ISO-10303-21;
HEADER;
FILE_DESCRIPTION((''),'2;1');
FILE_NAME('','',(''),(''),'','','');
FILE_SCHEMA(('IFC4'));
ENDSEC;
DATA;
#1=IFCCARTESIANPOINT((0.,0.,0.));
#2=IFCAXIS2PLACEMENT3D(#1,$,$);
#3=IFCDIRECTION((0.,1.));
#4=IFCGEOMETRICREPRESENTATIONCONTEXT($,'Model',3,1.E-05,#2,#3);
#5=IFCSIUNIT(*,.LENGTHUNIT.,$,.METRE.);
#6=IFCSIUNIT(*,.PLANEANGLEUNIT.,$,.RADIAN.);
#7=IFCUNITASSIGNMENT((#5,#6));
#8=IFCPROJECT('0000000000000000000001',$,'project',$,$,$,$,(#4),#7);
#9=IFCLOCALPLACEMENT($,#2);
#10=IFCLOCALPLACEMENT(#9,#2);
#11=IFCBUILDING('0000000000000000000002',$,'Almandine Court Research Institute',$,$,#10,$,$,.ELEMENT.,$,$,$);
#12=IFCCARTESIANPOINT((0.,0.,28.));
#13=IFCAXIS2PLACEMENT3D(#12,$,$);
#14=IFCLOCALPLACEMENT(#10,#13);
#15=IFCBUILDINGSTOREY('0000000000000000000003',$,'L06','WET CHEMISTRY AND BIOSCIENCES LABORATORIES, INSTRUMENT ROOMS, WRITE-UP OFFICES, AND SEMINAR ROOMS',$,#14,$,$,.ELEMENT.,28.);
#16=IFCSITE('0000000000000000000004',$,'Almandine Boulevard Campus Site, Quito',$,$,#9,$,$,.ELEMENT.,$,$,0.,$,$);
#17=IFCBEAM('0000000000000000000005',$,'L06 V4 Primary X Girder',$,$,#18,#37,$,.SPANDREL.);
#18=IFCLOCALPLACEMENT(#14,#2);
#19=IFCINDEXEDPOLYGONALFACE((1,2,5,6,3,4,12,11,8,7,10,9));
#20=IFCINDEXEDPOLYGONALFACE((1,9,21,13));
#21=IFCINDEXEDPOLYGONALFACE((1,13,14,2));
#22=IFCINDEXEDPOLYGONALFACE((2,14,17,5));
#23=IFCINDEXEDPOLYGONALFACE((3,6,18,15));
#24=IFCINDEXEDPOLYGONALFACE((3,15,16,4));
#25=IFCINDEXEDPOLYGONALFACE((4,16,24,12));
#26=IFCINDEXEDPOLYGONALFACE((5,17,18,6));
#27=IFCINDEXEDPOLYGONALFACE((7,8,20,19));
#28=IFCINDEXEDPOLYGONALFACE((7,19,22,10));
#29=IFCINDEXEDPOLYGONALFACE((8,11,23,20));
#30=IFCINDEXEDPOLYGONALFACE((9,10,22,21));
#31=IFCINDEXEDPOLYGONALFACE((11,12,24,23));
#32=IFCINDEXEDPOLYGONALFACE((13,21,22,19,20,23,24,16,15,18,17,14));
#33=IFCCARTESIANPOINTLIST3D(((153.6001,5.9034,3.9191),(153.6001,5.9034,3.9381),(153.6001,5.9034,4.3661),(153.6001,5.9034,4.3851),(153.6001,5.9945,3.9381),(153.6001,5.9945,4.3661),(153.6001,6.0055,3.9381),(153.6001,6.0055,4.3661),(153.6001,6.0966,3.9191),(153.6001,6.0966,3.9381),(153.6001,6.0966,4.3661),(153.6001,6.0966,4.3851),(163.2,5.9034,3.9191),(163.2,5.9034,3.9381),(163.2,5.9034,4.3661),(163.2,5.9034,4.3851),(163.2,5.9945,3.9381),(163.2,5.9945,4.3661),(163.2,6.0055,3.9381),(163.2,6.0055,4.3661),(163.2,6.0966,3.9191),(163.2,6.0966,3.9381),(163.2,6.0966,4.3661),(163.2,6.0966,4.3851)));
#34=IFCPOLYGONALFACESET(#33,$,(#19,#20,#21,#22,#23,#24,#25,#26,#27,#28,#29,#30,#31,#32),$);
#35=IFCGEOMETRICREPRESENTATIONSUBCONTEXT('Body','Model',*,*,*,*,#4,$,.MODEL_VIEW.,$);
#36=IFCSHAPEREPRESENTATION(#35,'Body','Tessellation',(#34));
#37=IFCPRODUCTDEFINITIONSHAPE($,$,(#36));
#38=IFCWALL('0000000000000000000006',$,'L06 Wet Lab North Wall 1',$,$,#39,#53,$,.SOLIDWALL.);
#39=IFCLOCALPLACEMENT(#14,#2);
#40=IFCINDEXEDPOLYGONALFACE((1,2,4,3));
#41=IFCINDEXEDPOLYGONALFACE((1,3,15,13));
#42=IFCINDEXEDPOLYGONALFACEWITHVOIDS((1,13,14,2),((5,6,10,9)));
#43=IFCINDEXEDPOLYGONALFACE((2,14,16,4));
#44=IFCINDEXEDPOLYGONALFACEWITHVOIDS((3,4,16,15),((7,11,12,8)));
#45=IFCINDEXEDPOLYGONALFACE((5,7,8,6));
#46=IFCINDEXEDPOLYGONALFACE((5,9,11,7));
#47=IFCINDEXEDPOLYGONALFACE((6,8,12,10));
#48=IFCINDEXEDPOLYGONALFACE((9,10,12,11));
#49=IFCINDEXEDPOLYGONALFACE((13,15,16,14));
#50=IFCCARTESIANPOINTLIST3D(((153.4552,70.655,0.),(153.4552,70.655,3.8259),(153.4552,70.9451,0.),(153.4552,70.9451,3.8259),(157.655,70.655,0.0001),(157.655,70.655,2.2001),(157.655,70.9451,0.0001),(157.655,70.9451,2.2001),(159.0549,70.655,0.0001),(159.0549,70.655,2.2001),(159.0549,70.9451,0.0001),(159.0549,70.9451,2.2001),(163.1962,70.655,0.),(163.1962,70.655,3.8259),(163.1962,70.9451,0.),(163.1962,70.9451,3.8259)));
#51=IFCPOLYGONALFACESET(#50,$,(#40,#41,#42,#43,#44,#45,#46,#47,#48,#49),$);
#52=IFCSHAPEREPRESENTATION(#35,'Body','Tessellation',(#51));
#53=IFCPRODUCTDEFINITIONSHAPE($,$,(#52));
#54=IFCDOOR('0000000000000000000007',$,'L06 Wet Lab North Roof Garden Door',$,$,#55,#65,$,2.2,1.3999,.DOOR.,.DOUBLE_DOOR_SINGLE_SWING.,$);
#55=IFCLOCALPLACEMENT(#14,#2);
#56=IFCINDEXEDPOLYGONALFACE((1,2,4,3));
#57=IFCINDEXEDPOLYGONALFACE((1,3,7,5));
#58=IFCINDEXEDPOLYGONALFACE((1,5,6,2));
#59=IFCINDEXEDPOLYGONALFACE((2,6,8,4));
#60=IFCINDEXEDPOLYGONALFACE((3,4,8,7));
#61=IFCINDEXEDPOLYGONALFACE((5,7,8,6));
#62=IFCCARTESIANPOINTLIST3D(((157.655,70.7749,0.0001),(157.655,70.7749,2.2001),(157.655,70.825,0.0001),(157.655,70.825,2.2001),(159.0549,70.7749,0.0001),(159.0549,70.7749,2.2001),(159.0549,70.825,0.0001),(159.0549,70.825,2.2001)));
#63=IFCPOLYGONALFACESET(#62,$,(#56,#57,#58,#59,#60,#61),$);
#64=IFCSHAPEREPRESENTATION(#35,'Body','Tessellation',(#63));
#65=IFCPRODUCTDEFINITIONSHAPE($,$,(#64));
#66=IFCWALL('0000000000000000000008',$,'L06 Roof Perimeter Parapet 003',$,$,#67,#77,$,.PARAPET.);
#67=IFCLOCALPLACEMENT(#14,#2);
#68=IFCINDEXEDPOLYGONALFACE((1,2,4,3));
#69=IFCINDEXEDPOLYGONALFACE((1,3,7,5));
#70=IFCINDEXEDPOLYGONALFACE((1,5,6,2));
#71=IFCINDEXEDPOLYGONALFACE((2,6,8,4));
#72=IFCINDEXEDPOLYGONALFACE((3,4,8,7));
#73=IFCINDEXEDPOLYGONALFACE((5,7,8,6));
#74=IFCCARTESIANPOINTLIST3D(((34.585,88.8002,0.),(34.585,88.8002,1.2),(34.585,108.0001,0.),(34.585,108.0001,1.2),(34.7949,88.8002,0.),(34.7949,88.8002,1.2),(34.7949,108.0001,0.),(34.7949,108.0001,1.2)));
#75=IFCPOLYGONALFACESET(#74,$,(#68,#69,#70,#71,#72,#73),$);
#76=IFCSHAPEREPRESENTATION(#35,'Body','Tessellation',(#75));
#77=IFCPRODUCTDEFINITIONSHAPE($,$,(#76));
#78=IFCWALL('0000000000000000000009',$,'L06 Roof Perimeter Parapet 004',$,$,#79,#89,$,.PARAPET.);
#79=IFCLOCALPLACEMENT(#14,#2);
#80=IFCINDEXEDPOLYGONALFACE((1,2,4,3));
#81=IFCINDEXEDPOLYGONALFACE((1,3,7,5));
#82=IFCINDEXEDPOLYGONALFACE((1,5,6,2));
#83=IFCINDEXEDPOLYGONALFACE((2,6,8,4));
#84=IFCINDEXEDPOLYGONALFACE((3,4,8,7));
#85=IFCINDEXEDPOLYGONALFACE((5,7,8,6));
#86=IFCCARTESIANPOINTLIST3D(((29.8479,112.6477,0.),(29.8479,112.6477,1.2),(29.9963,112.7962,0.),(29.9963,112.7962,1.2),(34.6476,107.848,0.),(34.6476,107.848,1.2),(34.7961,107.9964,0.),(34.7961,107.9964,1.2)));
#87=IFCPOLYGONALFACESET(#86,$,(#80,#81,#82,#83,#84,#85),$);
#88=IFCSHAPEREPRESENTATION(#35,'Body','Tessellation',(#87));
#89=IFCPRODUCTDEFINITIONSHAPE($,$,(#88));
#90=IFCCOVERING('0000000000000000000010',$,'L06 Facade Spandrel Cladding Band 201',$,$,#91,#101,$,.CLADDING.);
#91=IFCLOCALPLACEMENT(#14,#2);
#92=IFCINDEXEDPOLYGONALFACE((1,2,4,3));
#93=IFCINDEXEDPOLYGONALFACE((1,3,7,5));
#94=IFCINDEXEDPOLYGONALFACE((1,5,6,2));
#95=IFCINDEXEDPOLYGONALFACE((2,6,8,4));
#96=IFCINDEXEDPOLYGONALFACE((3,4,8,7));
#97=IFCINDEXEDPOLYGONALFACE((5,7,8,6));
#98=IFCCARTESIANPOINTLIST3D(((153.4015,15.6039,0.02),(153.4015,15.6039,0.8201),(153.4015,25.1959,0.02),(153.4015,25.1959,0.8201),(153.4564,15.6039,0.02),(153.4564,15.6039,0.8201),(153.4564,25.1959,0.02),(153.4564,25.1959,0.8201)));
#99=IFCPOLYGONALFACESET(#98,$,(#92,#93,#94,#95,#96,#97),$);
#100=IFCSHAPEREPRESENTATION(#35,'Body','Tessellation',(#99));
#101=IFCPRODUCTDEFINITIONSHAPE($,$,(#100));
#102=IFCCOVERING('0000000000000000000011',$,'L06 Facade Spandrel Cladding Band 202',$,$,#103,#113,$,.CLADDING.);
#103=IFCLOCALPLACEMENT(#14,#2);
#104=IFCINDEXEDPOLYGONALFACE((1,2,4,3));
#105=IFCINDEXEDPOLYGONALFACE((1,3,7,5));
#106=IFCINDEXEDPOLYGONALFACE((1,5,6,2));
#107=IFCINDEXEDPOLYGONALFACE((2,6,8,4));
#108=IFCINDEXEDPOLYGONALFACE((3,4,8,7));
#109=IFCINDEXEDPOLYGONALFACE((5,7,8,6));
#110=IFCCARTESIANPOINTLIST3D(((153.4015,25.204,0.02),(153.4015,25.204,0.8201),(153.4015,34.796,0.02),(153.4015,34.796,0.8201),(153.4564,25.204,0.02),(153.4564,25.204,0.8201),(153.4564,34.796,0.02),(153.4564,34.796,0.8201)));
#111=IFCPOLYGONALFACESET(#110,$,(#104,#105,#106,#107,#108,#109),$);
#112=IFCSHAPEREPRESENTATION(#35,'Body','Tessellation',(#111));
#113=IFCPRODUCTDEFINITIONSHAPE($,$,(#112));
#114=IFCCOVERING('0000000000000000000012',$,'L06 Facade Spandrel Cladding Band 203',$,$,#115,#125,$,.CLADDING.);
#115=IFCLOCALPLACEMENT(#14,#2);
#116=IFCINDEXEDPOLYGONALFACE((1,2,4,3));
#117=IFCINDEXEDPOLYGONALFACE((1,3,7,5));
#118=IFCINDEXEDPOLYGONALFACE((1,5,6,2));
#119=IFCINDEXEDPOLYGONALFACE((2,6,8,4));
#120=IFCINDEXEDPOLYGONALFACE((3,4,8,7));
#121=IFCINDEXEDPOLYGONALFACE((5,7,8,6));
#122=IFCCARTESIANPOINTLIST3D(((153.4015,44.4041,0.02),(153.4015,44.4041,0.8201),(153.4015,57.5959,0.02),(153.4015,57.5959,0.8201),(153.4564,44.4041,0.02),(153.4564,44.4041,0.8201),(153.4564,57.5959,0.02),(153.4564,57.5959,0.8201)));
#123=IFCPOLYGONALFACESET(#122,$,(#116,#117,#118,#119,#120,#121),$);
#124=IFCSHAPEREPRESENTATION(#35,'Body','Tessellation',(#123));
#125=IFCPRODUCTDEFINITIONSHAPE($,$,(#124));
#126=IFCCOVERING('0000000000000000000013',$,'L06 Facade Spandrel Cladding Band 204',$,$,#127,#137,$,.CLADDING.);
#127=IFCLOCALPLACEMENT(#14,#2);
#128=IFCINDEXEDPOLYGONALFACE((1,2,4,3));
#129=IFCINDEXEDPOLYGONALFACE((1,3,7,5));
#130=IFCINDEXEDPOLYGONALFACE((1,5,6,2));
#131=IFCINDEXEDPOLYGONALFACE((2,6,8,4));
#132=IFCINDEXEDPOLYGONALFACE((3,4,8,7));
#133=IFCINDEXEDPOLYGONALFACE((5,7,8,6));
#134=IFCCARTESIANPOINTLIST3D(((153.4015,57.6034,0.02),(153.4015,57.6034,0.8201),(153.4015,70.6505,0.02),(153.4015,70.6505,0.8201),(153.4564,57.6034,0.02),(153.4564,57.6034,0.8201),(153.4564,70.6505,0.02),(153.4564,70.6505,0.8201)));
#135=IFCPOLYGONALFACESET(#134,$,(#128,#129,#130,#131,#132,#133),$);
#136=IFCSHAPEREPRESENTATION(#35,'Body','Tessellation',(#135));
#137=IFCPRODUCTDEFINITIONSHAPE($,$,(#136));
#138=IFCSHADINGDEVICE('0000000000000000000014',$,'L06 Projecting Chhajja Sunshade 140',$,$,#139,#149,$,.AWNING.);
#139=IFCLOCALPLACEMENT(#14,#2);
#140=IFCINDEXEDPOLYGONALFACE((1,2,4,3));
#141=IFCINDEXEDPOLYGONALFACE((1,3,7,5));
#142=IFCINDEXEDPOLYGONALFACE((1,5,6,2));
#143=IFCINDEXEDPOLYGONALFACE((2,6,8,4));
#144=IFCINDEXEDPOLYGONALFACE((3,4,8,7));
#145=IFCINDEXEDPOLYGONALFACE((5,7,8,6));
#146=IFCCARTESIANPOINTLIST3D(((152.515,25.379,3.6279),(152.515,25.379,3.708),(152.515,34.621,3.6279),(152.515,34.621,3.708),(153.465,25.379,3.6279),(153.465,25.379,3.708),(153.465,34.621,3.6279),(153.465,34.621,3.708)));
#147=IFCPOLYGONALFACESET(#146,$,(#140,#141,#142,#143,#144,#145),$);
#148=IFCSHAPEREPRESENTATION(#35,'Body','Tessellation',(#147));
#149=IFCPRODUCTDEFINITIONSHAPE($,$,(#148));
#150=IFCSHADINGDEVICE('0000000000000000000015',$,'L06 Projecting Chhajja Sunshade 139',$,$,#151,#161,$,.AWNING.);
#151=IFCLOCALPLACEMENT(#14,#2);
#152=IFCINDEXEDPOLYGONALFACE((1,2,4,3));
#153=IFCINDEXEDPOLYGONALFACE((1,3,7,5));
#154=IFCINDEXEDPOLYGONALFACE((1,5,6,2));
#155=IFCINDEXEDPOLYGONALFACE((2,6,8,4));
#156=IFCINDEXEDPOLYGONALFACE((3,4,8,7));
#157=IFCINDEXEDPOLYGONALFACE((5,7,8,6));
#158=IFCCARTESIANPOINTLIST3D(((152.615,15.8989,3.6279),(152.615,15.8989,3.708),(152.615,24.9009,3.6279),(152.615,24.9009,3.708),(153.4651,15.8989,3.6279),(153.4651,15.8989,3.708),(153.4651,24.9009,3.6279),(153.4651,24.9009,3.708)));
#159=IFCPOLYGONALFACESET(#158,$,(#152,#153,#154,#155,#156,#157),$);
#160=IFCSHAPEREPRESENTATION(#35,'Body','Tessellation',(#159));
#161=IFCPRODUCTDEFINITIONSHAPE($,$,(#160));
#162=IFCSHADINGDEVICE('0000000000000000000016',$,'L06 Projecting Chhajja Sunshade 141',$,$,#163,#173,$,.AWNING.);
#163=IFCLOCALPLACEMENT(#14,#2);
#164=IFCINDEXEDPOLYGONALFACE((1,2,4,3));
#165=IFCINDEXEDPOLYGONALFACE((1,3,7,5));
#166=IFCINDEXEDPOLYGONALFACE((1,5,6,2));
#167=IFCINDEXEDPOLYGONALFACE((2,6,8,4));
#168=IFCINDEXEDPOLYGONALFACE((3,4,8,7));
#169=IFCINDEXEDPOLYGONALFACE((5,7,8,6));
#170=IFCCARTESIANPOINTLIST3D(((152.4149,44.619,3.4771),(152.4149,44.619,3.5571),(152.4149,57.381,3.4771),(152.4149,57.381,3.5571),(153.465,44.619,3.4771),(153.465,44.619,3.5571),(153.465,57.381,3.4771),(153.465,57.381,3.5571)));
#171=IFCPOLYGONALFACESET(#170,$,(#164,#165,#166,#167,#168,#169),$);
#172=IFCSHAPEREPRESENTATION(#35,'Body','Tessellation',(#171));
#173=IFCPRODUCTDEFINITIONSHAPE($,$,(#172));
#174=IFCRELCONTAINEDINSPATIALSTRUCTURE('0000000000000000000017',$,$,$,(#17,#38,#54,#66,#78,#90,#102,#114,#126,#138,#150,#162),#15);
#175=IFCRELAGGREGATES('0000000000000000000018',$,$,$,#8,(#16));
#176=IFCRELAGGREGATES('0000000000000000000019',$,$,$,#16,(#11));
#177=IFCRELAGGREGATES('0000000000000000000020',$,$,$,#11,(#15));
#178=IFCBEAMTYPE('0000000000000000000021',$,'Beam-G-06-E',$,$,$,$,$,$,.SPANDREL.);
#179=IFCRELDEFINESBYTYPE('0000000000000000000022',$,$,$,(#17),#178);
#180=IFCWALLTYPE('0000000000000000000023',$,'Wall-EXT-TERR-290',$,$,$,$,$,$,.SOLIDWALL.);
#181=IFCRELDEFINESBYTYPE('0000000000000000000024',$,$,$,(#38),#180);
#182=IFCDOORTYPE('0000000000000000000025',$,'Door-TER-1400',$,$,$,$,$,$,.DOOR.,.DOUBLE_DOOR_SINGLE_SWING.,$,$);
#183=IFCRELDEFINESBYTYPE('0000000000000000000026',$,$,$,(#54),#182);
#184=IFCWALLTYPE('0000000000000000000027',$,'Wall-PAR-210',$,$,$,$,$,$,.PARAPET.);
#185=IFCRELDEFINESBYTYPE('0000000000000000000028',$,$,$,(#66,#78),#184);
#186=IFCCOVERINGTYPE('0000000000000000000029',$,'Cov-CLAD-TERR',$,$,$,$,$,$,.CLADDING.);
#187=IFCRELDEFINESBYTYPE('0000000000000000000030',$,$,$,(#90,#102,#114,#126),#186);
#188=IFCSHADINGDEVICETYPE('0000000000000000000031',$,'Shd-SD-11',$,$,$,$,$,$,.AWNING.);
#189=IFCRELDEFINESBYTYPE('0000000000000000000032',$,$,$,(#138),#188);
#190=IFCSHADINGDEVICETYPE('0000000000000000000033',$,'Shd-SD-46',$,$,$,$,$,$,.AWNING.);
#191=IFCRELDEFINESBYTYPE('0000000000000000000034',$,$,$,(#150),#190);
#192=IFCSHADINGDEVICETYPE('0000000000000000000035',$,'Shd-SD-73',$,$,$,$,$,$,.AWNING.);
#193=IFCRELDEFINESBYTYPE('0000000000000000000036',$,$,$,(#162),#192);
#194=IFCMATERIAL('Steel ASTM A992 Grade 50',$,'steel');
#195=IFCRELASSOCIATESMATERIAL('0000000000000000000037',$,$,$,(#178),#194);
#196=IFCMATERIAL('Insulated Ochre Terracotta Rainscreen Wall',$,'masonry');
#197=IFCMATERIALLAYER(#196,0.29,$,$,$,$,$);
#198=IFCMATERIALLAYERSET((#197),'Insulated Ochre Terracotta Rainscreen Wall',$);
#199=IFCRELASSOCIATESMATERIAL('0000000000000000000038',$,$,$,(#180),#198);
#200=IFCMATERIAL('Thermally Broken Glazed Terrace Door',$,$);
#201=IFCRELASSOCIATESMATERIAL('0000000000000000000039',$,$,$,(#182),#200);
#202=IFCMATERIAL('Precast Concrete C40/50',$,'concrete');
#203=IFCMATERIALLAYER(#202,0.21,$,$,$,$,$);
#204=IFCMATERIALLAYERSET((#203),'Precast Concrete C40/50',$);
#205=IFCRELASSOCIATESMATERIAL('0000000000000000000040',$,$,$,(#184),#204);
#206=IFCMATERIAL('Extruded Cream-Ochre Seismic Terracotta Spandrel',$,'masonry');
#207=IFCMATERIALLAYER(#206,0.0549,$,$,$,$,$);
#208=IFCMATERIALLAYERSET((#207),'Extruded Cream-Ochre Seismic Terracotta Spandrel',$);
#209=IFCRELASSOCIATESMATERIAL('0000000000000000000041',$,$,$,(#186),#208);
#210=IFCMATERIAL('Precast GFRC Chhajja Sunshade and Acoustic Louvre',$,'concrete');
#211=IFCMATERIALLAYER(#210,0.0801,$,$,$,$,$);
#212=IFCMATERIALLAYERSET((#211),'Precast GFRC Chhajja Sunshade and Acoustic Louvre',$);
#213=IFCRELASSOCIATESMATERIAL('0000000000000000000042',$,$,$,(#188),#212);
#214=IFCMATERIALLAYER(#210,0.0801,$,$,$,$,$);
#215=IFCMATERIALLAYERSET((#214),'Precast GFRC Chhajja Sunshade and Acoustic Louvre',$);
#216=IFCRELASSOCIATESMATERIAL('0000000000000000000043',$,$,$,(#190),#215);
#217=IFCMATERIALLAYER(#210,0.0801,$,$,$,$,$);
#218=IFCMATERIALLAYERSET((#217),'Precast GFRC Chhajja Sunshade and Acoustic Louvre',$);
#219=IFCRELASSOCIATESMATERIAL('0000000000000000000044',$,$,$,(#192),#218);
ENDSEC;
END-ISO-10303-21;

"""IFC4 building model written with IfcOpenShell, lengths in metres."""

from ifc_helpers import new_model, si_unit, direction, frame, frame_2d, origin, origin_2d, place, context, subcontext, project, spatial, rectangle, i_section, extrude, material, layer, layer_set, material_profile, profile_set, type_object, element, fill, save


model = new_model("IFC4")

# Units and contexts
model_context = context("Model", 3, precision=1e-05, world=origin(), true_north=direction((0.0, 1.0)))
body_context = subcontext(model_context, "Body", "Model", "MODEL_VIEW")
ifc_project = project(units=[si_unit("LENGTHUNIT", "METRE"), si_unit("PLANEANGLEUNIT", "RADIAN")], contexts=[model_context])

# Site, building, storey
site_placement = place(None, origin())
site = spatial("IfcSite", under=ifc_project, at=site_placement, Name="Almandine Boulevard Campus Site, Quito", CompositionType="ELEMENT", RefElevation=0.0)
building_placement = place(site_placement, origin())
building = spatial("IfcBuilding", under=site, at=building_placement, Name="Almandine Court Research Institute", CompositionType="ELEMENT")
storey_placement = place(building_placement, frame((0.0, 0.0, 28.0)))
storey = spatial("IfcBuildingStorey", under=building, at=storey_placement, Name="L06", Description="WET CHEMISTRY AND BIOSCIENCES LABORATORIES, INSTRUMENT ROOMS, WRITE-UP OFFICES, AND SEMINAR ROOMS", CompositionType="ELEMENT", Elevation=28.0)

# Shared definitions
ifc_material_1 = material(Name="Steel ASTM A992 Grade 50", Category="steel")

# Beam
ifc_material_profile_1 = material_profile(ifc_material_1, i_section(OverallWidth=0.1931, OverallDepth=0.4661, WebThickness=0.011, FlangeThickness=0.019, at=origin_2d()), Name="W460x97")
ifc_profile_set_1 = profile_set([ifc_material_profile_1], Name="Steel ASTM A992 Grade 50")
beam_type_1 = type_object("IfcBeamType", Name="Beam-G-06-E", PredefinedType="SPANDREL", material=ifc_profile_set_1)
beam_1_placement = place(storey_placement, frame((153.6001, 6.0, 4.1521), z_axis=(1.0, 0.0, 0.0), x_axis=(0.0, 1.0, 0.0)))
element("IfcBeam", 1, at=beam_1_placement, inside=storey, type_object=beam_type_1, Name="L06 V4 Primary X Girder", PredefinedType="SPANDREL", context=body_context, shape_type="SweptSolid", body=[
    extrude(i_section(OverallWidth=0.1931, OverallDepth=0.4661, WebThickness=0.011, FlangeThickness=0.019, at=origin_2d()), origin(), (0.0, 0.0, 1.0), 9.5999),
])

# Wall, opening, door
ifc_material_2 = material(Name="Insulated Ochre Terracotta Rainscreen Wall", Category="masonry")
ifc_layer_1 = layer(ifc_material_2, 0.29)
ifc_layer_set_1 = layer_set([ifc_layer_1], Name="Insulated Ochre Terracotta Rainscreen Wall")
wall_type_1 = type_object("IfcWallType", Name="Wall-EXT-TERR-290", PredefinedType="SOLIDWALL", material=ifc_layer_set_1)
wall_1_placement = place(storey_placement, frame((153.4551, 70.8, 0.0), z_axis=(0.0, 0.0, 1.0), x_axis=(1.0, 0.0, 0.0)))
wall_1 = element("IfcWall", 2, at=wall_1_placement, inside=storey, type_object=wall_type_1, Name="L06 Wet Lab North Wall 1", PredefinedType="SOLIDWALL", context=body_context, shape_type="SweptSolid", body=[
    extrude(rectangle(XDim=9.741, YDim=0.29, at=frame_2d((4.8706, 0.0))), origin(), (0.0, 0.0, 1.0), 3.8259),
])
opening_placement = place(wall_1_placement, frame((4.2, 0.0, 0.0)))
opening = element("IfcOpeningElement", 3, at=opening_placement, cuts=wall_1, PredefinedType="OPENING", context=body_context, shape_type="SweptSolid", body=[
    extrude(rectangle(XDim=1.3999, YDim=2.2, at=frame_2d((0.7, 1.1001))), frame((0.0, 0.155, 0.0), z_axis=(0.0, -1.0, 0.0), x_axis=(1.0, 0.0, 0.0)), (0.0, 0.0, 1.0), 0.3101),
])
ifc_material_3 = material(Name="Thermally Broken Glazed Terrace Door")
door_type = type_object("IfcDoorType", Name="Door-TER-1400", OperationType="DOUBLE_DOOR_SINGLE_SWING", PredefinedType="DOOR", material=ifc_material_3)
door_placement = place(opening_placement, origin())
door = element("IfcDoor", 4, at=door_placement, inside=storey, type_object=door_type, Name="L06 Wet Lab North Roof Garden Door", OperationType="DOUBLE_DOOR_SINGLE_SWING", OverallHeight=2.2, OverallWidth=1.3999, PredefinedType="DOOR", context=body_context, shape_type="SweptSolid", body=[
    extrude(rectangle(XDim=1.3999, YDim=2.2, at=frame_2d((0.7, 1.1001))), frame((0.0, 0.0249, 0.0), z_axis=(0.0, -1.0, 0.0), x_axis=(1.0, 0.0, 0.0)), (0.0, 0.0, 1.0), 0.05),
])
fill(opening, door)

# Walls
ifc_material_4 = material(Name="Precast Concrete C40/50", Category="concrete")
ifc_layer_2 = layer(ifc_material_4, 0.21)
ifc_layer_set_2 = layer_set([ifc_layer_2], Name="Precast Concrete C40/50")
wall_type_2 = type_object("IfcWallType", Name="Wall-PAR-210", PredefinedType="PARAPET", material=ifc_layer_set_2)
wall_2_placement = place(storey_placement, frame((34.6899, 88.8, 0.0), z_axis=(0.0, 0.0, 1.0), x_axis=(0.0, 1.0, 0.0)))
element("IfcWall", 5, at=wall_2_placement, inside=storey, type_object=wall_type_2, Name="L06 Roof Perimeter Parapet 003", PredefinedType="PARAPET", context=body_context, shape_type="SweptSolid", body=[
    extrude(rectangle(XDim=19.2, YDim=0.21, at=frame_2d((9.6001, 0.0))), origin(), (0.0, 0.0, 1.0), 1.2),
])
wall_3_placement = place(storey_placement, frame((34.7219, 107.9221, 0.0), z_axis=(0.0, 0.0, 1.0), x_axis=(-0.707107, 0.707107, 0.0)))
element("IfcWall", 6, at=wall_3_placement, inside=storey, type_object=wall_type_2, Name="L06 Roof Perimeter Parapet 004", PredefinedType="PARAPET", context=body_context, shape_type="SweptSolid", body=[
    extrude(rectangle(XDim=6.7878, YDim=0.21, at=frame_2d((3.394, 0.0))), origin(), (0.0, 0.0, 1.0), 1.2),
])

# Coverings
ifc_material_5 = material(Name="Extruded Cream-Ochre Seismic Terracotta Spandrel", Category="masonry")
ifc_layer_3 = layer(ifc_material_5, 0.0549)
ifc_layer_set_3 = layer_set([ifc_layer_3], Name="Extruded Cream-Ochre Seismic Terracotta Spandrel")
covering_type = type_object("IfcCoveringType", Name="Cov-CLAD-TERR", PredefinedType="CLADDING", material=ifc_layer_set_3)
for number, where, z_axis, x_axis, name in (
    (7, (153.429, 20.3999, 0.02), (0.0, 0.0, 1.0), (0.0, 1.0, 0.0), "L06 Facade Spandrel Cladding Band 201"),
    (8, (153.429, 30.0, 0.02), (0.0, 0.0, 1.0), (0.0, 1.0, 0.0), "L06 Facade Spandrel Cladding Band 202"),
):
    element("IfcCovering", number, at=place(storey_placement, frame(where, z_axis=z_axis, x_axis=x_axis)), inside=storey, type_object=covering_type, Name=name, PredefinedType="CLADDING", context=body_context, shape_type="SweptSolid", body=[
        extrude(rectangle(XDim=9.592, YDim=0.0549, at=origin_2d()), origin(), (0.0, 0.0, 1.0), 0.8),
    ])
covering_1_placement = place(storey_placement, frame((153.429, 51.0, 0.02), z_axis=(0.0, 0.0, 1.0), x_axis=(0.0, 1.0, 0.0)))
element("IfcCovering", 9, at=covering_1_placement, inside=storey, type_object=covering_type, Name="L06 Facade Spandrel Cladding Band 203", PredefinedType="CLADDING", context=body_context, shape_type="SweptSolid", body=[
    extrude(rectangle(XDim=13.1919, YDim=0.0549, at=origin_2d()), origin(), (0.0, 0.0, 1.0), 0.8),
])
covering_2_placement = place(storey_placement, frame((153.429, 64.127, 0.02), z_axis=(0.0, 0.0, 1.0), x_axis=(0.0, 1.0, 0.0)))
element("IfcCovering", 10, at=covering_2_placement, inside=storey, type_object=covering_type, Name="L06 Facade Spandrel Cladding Band 204", PredefinedType="CLADDING", context=body_context, shape_type="SweptSolid", body=[
    extrude(rectangle(XDim=13.0471, YDim=0.0549, at=origin_2d()), origin(), (0.0, 0.0, 1.0), 0.8),
])

# Shading devices
ifc_material_6 = material(Name="Precast GFRC Chhajja Sunshade and Acoustic Louvre", Category="concrete")
ifc_layer_4 = layer(ifc_material_6, 0.0801)
ifc_layer_set_4 = layer_set([ifc_layer_4], Name="Precast GFRC Chhajja Sunshade and Acoustic Louvre")
shading_device_type_1 = type_object("IfcShadingDeviceType", Name="Shd-SD-11", PredefinedType="AWNING", material=ifc_layer_set_4)
shading_device_1_placement = place(storey_placement, frame((152.99, 30.0, 3.6279), z_axis=(0.0, 0.0, 1.0), x_axis=(0.0, 1.0, 0.0)))
element("IfcShadingDevice", 11, at=shading_device_1_placement, inside=storey, type_object=shading_device_type_1, Name="L06 Projecting Chhajja Sunshade 140", PredefinedType="AWNING", context=body_context, shape_type="SweptSolid", body=[
    extrude(rectangle(XDim=9.2419, YDim=0.95, at=origin_2d()), origin(), (0.0, 0.0, 1.0), 0.0801),
])
ifc_layer_5 = layer(ifc_material_6, 0.0801)
ifc_layer_set_5 = layer_set([ifc_layer_5], Name="Precast GFRC Chhajja Sunshade and Acoustic Louvre")
shading_device_type_2 = type_object("IfcShadingDeviceType", Name="Shd-SD-46", PredefinedType="AWNING", material=ifc_layer_set_5)
shading_device_2_placement = place(storey_placement, frame((153.04, 20.3999, 3.6279), z_axis=(0.0, 0.0, 1.0), x_axis=(0.0, 1.0, 0.0)))
element("IfcShadingDevice", 12, at=shading_device_2_placement, inside=storey, type_object=shading_device_type_2, Name="L06 Projecting Chhajja Sunshade 139", PredefinedType="AWNING", context=body_context, shape_type="SweptSolid", body=[
    extrude(rectangle(XDim=9.002, YDim=0.8501, at=origin_2d()), origin(), (0.0, 0.0, 1.0), 0.0801),
])
ifc_layer_6 = layer(ifc_material_6, 0.0801)
ifc_layer_set_6 = layer_set([ifc_layer_6], Name="Precast GFRC Chhajja Sunshade and Acoustic Louvre")
shading_device_type_3 = type_object("IfcShadingDeviceType", Name="Shd-SD-73", PredefinedType="AWNING", material=ifc_layer_set_6)
shading_device_3_placement = place(storey_placement, frame((152.9399, 51.0, 3.4771), z_axis=(0.0, 0.0, 1.0), x_axis=(0.0, 1.0, 0.0)))
element("IfcShadingDevice", 13, at=shading_device_3_placement, inside=storey, type_object=shading_device_type_3, Name="L06 Projecting Chhajja Sunshade 141", PredefinedType="AWNING", context=body_context, shape_type="SweptSolid", body=[
    extrude(rectangle(XDim=12.762, YDim=1.05, at=origin_2d()), origin(), (0.0, 0.0, 1.0), 0.0801),
])

save(model, "model.ifc")
